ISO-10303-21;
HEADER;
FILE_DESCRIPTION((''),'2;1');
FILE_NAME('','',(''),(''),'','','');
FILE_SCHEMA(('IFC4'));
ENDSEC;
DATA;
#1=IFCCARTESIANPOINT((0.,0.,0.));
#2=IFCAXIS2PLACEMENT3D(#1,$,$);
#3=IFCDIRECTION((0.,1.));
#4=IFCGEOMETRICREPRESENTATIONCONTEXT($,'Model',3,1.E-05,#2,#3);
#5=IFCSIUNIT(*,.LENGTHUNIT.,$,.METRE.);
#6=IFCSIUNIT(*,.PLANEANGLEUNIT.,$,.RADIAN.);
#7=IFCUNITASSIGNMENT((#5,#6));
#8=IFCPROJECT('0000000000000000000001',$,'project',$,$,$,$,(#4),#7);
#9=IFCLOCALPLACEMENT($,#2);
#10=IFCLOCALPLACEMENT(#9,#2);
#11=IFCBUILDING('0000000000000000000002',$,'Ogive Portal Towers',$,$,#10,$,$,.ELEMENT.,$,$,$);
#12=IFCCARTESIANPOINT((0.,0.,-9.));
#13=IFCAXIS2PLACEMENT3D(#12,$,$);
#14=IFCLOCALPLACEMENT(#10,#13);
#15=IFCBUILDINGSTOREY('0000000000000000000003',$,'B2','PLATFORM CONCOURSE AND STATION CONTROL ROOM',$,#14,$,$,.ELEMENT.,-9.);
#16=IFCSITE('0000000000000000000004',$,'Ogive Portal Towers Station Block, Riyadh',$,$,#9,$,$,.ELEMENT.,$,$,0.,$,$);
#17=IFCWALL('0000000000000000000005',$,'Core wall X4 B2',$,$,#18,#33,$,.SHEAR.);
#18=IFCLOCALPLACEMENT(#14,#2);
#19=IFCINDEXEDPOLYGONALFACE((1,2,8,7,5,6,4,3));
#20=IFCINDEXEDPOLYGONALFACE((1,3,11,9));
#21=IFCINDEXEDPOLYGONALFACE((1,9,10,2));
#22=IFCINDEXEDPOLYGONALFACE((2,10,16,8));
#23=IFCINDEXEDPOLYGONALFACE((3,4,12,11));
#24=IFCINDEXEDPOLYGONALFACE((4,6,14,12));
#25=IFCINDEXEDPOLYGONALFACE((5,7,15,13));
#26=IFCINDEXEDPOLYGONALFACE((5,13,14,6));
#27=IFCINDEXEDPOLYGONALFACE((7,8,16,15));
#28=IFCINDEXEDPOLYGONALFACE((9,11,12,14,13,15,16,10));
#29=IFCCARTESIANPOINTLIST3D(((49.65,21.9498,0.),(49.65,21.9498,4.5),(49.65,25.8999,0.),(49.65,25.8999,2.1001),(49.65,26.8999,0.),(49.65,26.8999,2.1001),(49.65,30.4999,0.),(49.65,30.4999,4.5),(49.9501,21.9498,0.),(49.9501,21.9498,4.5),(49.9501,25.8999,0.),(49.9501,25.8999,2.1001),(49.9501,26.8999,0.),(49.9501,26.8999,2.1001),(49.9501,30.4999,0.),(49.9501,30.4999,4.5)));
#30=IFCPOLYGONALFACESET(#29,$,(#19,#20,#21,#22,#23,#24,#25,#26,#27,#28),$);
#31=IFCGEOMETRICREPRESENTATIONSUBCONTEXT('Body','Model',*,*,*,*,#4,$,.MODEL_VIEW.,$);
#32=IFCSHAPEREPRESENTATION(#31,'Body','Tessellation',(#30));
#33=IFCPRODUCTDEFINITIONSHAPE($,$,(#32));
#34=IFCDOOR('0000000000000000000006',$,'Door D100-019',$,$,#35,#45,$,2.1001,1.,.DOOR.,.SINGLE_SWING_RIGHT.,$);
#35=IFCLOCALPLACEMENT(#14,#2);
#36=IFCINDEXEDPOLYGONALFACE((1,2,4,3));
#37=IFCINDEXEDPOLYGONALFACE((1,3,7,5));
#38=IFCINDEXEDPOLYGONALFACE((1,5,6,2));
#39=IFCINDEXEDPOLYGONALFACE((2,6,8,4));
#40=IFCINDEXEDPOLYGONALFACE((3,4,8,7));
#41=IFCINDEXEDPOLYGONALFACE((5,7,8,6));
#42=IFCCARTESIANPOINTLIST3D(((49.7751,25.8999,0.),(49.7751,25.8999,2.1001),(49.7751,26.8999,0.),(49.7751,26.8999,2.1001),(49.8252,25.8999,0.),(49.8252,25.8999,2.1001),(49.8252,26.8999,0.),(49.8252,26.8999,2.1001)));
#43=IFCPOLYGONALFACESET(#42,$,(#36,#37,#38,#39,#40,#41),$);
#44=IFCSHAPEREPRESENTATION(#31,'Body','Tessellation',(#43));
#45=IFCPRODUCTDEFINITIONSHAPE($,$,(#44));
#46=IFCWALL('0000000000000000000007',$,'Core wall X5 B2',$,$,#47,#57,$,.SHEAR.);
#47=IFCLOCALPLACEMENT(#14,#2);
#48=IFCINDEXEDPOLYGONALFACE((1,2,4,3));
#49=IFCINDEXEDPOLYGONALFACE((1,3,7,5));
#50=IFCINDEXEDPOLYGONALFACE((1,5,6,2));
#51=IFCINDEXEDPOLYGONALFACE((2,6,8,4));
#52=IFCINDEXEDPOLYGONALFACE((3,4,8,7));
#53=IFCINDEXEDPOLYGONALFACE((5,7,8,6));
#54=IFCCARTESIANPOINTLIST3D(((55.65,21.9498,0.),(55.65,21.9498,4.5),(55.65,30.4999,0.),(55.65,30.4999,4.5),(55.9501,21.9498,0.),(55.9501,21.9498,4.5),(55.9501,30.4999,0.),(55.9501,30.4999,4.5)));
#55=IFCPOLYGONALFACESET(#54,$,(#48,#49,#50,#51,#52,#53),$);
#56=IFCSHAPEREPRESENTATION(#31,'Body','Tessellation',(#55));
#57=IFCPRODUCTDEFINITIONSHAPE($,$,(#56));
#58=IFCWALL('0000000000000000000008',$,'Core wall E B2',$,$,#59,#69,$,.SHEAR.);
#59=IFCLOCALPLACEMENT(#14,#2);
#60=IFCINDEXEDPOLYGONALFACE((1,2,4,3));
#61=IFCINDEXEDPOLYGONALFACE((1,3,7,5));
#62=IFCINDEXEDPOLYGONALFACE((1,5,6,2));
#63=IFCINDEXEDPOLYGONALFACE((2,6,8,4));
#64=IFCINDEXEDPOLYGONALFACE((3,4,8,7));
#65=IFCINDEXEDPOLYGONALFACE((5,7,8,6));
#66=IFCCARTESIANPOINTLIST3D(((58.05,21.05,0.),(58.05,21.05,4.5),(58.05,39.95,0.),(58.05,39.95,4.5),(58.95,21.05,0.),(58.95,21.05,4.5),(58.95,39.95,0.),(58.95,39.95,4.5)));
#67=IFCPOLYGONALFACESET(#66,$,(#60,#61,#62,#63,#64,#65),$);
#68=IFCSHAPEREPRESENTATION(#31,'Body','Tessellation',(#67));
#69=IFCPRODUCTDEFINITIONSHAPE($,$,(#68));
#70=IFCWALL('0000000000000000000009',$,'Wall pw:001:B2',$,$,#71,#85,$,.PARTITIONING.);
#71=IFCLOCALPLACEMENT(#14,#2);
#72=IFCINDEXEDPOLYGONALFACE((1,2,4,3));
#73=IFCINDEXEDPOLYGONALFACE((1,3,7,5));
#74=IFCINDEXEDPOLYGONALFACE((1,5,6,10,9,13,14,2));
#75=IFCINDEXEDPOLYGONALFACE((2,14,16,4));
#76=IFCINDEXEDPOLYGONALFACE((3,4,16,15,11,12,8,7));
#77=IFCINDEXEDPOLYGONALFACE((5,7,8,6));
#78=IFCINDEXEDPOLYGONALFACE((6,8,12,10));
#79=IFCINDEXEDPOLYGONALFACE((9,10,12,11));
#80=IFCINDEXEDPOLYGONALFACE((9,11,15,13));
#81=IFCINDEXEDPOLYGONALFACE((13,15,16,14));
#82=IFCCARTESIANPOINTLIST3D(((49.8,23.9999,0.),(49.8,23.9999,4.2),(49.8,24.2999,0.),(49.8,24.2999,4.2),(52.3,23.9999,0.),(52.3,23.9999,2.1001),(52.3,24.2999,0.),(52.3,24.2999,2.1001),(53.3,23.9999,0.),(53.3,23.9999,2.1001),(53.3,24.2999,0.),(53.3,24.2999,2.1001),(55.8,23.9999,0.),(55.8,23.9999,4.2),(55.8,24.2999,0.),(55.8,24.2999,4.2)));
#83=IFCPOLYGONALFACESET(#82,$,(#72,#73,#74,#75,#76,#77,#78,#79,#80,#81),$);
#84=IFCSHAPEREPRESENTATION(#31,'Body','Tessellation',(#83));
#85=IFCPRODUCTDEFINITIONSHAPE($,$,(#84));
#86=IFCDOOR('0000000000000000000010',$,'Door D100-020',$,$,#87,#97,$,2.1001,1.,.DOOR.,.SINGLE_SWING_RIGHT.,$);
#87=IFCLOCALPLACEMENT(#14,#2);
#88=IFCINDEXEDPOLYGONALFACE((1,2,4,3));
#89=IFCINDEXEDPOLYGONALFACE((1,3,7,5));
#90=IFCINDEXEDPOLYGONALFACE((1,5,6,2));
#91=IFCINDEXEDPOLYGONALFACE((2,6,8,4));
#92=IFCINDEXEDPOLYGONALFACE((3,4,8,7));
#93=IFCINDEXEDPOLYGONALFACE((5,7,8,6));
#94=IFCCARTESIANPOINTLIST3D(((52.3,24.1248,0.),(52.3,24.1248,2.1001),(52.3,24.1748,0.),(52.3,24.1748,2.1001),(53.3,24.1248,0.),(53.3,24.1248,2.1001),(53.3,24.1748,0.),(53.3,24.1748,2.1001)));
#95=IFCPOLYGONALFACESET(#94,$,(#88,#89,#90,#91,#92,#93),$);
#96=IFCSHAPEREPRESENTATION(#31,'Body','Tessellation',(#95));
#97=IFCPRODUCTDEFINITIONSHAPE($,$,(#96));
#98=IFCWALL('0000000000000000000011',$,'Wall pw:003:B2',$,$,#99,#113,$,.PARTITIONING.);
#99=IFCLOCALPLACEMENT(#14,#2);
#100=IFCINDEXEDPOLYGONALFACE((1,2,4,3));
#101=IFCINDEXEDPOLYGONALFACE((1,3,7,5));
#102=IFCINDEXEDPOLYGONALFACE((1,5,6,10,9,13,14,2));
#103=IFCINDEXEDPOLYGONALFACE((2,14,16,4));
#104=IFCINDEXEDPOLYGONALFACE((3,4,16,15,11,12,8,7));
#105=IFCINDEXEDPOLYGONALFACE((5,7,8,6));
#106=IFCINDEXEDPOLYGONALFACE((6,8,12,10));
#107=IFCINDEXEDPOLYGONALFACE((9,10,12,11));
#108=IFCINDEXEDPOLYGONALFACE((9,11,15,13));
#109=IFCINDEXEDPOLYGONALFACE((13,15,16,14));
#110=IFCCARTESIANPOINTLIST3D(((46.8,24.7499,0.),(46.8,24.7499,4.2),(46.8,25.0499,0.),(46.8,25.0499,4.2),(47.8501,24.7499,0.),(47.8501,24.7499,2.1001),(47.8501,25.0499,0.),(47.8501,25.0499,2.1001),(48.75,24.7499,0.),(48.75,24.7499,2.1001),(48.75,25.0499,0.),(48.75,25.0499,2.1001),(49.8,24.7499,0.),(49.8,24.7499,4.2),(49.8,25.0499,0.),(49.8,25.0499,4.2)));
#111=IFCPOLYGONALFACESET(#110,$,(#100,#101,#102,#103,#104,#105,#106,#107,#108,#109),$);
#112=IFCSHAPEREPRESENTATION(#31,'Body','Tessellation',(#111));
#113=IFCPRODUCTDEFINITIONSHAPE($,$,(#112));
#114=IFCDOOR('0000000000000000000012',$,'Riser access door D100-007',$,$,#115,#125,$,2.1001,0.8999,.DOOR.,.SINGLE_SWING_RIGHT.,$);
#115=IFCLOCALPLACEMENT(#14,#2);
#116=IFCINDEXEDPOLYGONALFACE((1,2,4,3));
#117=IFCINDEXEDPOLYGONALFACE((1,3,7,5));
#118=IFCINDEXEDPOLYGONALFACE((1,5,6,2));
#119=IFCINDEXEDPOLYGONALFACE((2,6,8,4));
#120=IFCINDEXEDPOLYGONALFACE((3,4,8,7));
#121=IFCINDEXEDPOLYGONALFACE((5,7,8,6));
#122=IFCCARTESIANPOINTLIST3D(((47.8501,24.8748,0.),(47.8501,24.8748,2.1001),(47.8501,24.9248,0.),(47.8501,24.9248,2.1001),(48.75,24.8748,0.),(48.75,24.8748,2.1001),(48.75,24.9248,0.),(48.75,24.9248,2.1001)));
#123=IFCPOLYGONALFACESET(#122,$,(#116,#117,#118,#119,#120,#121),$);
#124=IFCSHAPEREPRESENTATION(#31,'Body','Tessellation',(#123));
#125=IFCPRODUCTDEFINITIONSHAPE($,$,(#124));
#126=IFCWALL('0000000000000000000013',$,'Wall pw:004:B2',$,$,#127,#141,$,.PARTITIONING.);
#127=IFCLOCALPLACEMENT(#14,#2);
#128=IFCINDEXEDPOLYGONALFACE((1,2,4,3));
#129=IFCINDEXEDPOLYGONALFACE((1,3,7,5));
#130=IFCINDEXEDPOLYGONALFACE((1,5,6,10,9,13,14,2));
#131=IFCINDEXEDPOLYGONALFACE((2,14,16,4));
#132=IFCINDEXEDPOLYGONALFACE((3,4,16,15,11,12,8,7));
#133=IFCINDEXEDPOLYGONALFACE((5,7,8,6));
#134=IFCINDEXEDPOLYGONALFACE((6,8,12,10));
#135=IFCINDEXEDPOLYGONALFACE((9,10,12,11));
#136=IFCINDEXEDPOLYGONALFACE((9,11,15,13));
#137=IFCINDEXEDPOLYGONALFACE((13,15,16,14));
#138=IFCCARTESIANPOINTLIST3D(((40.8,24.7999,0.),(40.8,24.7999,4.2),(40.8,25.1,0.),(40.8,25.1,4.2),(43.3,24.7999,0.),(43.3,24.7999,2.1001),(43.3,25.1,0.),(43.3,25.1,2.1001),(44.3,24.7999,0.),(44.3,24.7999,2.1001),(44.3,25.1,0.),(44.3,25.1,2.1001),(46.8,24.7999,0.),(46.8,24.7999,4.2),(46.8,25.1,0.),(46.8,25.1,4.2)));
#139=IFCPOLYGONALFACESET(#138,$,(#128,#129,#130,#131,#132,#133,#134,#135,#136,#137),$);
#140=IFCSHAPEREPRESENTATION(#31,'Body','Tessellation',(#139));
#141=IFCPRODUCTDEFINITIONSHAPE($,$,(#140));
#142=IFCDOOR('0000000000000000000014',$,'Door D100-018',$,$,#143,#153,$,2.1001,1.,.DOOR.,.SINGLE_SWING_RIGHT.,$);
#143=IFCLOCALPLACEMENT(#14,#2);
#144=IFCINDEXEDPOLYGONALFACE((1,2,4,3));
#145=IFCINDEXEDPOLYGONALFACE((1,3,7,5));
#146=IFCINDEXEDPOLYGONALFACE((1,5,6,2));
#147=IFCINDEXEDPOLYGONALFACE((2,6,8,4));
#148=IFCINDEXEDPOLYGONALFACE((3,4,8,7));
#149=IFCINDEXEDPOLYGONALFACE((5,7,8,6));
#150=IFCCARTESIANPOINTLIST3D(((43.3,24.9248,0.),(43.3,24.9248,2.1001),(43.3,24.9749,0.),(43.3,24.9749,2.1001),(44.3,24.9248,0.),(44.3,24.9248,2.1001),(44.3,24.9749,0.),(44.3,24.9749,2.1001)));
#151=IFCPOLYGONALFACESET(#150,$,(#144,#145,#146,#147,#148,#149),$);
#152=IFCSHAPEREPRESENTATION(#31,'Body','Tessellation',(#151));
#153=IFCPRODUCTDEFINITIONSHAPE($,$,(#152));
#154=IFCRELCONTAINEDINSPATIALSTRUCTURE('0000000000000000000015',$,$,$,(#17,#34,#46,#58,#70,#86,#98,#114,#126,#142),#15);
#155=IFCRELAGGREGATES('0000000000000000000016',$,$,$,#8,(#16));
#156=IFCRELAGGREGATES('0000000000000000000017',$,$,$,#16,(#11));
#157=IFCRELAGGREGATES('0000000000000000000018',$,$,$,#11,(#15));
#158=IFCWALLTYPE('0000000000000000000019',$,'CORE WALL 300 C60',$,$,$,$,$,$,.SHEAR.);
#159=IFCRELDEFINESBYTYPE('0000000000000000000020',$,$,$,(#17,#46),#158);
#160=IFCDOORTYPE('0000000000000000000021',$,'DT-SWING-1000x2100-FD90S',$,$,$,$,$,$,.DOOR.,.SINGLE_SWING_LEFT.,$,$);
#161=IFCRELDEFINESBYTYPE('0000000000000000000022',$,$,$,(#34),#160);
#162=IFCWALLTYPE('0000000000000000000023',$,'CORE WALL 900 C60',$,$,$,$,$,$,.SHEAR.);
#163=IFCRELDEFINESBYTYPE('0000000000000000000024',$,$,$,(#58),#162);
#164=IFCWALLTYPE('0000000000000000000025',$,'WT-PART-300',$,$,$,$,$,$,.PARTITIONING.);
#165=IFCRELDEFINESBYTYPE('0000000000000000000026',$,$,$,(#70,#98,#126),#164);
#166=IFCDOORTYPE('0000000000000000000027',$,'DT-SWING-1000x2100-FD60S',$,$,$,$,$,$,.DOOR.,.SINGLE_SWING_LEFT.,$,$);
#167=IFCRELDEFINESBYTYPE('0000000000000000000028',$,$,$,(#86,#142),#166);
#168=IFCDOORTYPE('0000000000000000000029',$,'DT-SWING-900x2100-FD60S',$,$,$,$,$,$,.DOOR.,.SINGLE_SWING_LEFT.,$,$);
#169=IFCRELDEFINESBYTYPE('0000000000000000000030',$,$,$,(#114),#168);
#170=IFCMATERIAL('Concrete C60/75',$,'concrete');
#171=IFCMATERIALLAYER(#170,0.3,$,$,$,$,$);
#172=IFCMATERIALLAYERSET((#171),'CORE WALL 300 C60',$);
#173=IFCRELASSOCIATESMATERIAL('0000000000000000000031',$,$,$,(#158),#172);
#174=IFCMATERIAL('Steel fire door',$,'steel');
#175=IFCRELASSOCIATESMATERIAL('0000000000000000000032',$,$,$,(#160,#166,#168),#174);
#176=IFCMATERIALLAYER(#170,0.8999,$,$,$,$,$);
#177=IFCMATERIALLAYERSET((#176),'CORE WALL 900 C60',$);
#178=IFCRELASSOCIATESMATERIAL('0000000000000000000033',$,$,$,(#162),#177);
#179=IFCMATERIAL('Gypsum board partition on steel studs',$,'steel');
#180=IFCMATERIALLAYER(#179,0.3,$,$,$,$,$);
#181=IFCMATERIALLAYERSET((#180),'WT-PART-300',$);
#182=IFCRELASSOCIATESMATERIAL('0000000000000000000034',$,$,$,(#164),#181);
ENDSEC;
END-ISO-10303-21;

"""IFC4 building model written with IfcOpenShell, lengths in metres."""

from ifc_helpers import new_model, si_unit, direction, frame, frame_2d, origin, place, context, subcontext, project, spatial, rectangle, extrude, material, layer, layer_set, type_object, element, fill, save


model = new_model("IFC4")

# Units and contexts
model_context = context("Model", 3, precision=1e-05, world=origin(), true_north=direction((0.0, 1.0)))
body_context = subcontext(model_context, "Body", "Model", "MODEL_VIEW")
ifc_project = project(units=[si_unit("LENGTHUNIT", "METRE"), si_unit("PLANEANGLEUNIT", "RADIAN")], contexts=[model_context])

# Site, building, storey
site_placement = place(None, origin())
site = spatial("IfcSite", under=ifc_project, at=site_placement, Name="Ogive Portal Towers Station Block, Riyadh", CompositionType="ELEMENT", RefElevation=0.0)
building_placement = place(site_placement, origin())
building = spatial("IfcBuilding", under=site, at=building_placement, Name="Ogive Portal Towers", CompositionType="ELEMENT")
storey_placement = place(building_placement, frame((0.0, 0.0, -9.0)))
storey = spatial("IfcBuildingStorey", under=building, at=storey_placement, Name="B2", Description="PLATFORM CONCOURSE AND STATION CONTROL ROOM", CompositionType="ELEMENT", Elevation=-9.0)

# Shared definitions
ifc_material_1 = material(Name="Concrete C60/75", Category="concrete")
ifc_layer_1 = layer(ifc_material_1, 0.3)
ifc_layer_set_1 = layer_set([ifc_layer_1], Name="CORE WALL 300 C60")
wall_type_1 = type_object("IfcWallType", Name="CORE WALL 300 C60", PredefinedType="SHEAR", material=ifc_layer_set_1)
ifc_material_2 = material(Name="Steel fire door", Category="steel")
door_type_1 = type_object("IfcDoorType", Name="DT-SWING-1000x2100-FD90S", OperationType="SINGLE_SWING_LEFT", PredefinedType="DOOR", material=ifc_material_2)

# Wall, opening, door
wall_1_placement = place(storey_placement, frame((49.8, 21.95, 0.0), z_axis=(0.0, 0.0, 1.0), x_axis=(0.0, 1.0, 0.0)))
wall_1 = element("IfcWall", 1, at=wall_1_placement, inside=storey, type_object=wall_type_1, Name="Core wall X4 B2", PredefinedType="SHEAR", context=body_context, shape_type="SweptSolid", body=[
    extrude(rectangle(XDim=8.55, YDim=0.3, at=frame_2d((4.2749, 0.0))), origin(), (0.0, 0.0, 1.0), 4.5),
])
opening_1_placement = place(wall_1_placement, frame((3.95, 0.0, 0.0)))
opening_1 = element("IfcOpeningElement", 2, at=opening_1_placement, cuts=wall_1, PredefinedType="OPENING", context=body_context, shape_type="SweptSolid", body=[
    extrude(rectangle(XDim=1.0, YDim=2.1001, at=frame_2d((0.5, 1.05))), frame((0.0, 0.1602, 0.0), z_axis=(0.0, -1.0, 0.0), x_axis=(1.0, 0.0, 0.0)), (0.0, 0.0, 1.0), 0.3201),
])
door_1_placement = place(opening_1_placement, origin())
door_1 = element("IfcDoor", 3, at=door_1_placement, inside=storey, type_object=door_type_1, Name="Door D100-019", OperationType="SINGLE_SWING_RIGHT", OverallHeight=2.1001, OverallWidth=1.0, PredefinedType="DOOR", context=body_context, shape_type="SweptSolid", body=[
    extrude(rectangle(XDim=1.0, YDim=2.1001, at=frame_2d((0.5, 1.05))), frame((0.0, 0.0249, 0.0), z_axis=(0.0, -1.0, 0.0), x_axis=(1.0, 0.0, 0.0)), (0.0, 0.0, 1.0), 0.05),
])
fill(opening_1, door_1)

# Walls
wall_2_placement = place(storey_placement, frame((55.8, 21.95, 0.0), z_axis=(0.0, 0.0, 1.0), x_axis=(0.0, 1.0, 0.0)))
element("IfcWall", 4, at=wall_2_placement, inside=storey, type_object=wall_type_1, Name="Core wall X5 B2", PredefinedType="SHEAR", context=body_context, shape_type="SweptSolid", body=[
    extrude(rectangle(XDim=8.55, YDim=0.3, at=frame_2d((4.2749, 0.0))), origin(), (0.0, 0.0, 1.0), 4.5),
])
ifc_layer_2 = layer(ifc_material_1, 0.8999)
ifc_layer_set_2 = layer_set([ifc_layer_2], Name="CORE WALL 900 C60")
wall_type_2 = type_object("IfcWallType", Name="CORE WALL 900 C60", PredefinedType="SHEAR", material=ifc_layer_set_2)
wall_3_placement = place(storey_placement, frame((58.5, 21.05, 0.0), z_axis=(0.0, 0.0, 1.0), x_axis=(0.0, 1.0, 0.0)))
element("IfcWall", 5, at=wall_3_placement, inside=storey, type_object=wall_type_2, Name="Core wall E B2", PredefinedType="SHEAR", context=body_context, shape_type="SweptSolid", body=[
    extrude(rectangle(XDim=18.8999, YDim=0.8999, at=frame_2d((9.45, 0.0))), origin(), (0.0, 0.0, 1.0), 4.5),
])

# Walls, openings, doors
ifc_material_3 = material(Name="Gypsum board partition on steel studs", Category="steel")
ifc_layer_3 = layer(ifc_material_3, 0.3)
ifc_layer_set_3 = layer_set([ifc_layer_3], Name="WT-PART-300")
wall_type_3 = type_object("IfcWallType", Name="WT-PART-300", PredefinedType="PARTITIONING", material=ifc_layer_set_3)
wall_4_placement = place(storey_placement, frame((49.8, 24.1499, 0.0), z_axis=(0.0, 0.0, 1.0), x_axis=(1.0, 0.0, 0.0)))
wall_4 = element("IfcWall", 6, at=wall_4_placement, inside=storey, type_object=wall_type_3, Name="Wall pw:001:B2", PredefinedType="PARTITIONING", context=body_context, shape_type="SweptSolid", body=[
    extrude(rectangle(XDim=6.0, YDim=0.3, at=frame_2d((3.0, 0.0))), origin(), (0.0, 0.0, 1.0), 4.2),
])
opening_2_placement = place(wall_4_placement, frame((2.5, 0.0, 0.0)))
opening_2 = element("IfcOpeningElement", 7, at=opening_2_placement, cuts=wall_4, PredefinedType="OPENING", context=body_context, shape_type="SweptSolid", body=[
    extrude(rectangle(XDim=1.0, YDim=2.1001, at=frame_2d((0.5, 1.05))), frame((0.0, 0.1602, 0.0), z_axis=(0.0, -1.0, 0.0), x_axis=(1.0, 0.0, 0.0)), (0.0, 0.0, 1.0), 0.3201),
])
door_type_2 = type_object("IfcDoorType", Name="DT-SWING-1000x2100-FD60S", OperationType="SINGLE_SWING_LEFT", PredefinedType="DOOR", material=ifc_material_2)
door_2_placement = place(opening_2_placement, origin())
door_2 = element("IfcDoor", 8, at=door_2_placement, inside=storey, type_object=door_type_2, Name="Door D100-020", OperationType="SINGLE_SWING_RIGHT", OverallHeight=2.1001, OverallWidth=1.0, PredefinedType="DOOR", context=body_context, shape_type="SweptSolid", body=[
    extrude(rectangle(XDim=1.0, YDim=2.1001, at=frame_2d((0.5, 1.05))), frame((0.0, 0.0249, 0.0), z_axis=(0.0, -1.0, 0.0), x_axis=(1.0, 0.0, 0.0)), (0.0, 0.0, 1.0), 0.05),
])
fill(opening_2, door_2)
wall_5_placement = place(storey_placement, frame((46.8, 24.8999, 0.0), z_axis=(0.0, 0.0, 1.0), x_axis=(1.0, 0.0, 0.0)))
wall_5 = element("IfcWall", 9, at=wall_5_placement, inside=storey, type_object=wall_type_3, Name="Wall pw:003:B2", PredefinedType="PARTITIONING", context=body_context, shape_type="SweptSolid", body=[
    extrude(rectangle(XDim=3.0, YDim=0.3, at=frame_2d((1.5, 0.0))), origin(), (0.0, 0.0, 1.0), 4.2),
])
opening_3_placement = place(wall_5_placement, frame((1.05, 0.0, 0.0)))
opening_3 = element("IfcOpeningElement", 10, at=opening_3_placement, cuts=wall_5, PredefinedType="OPENING", context=body_context, shape_type="SweptSolid", body=[
    extrude(rectangle(XDim=0.8999, YDim=2.1001, at=frame_2d((0.45, 1.05))), frame((0.0, 0.1602, 0.0), z_axis=(0.0, -1.0, 0.0), x_axis=(1.0, 0.0, 0.0)), (0.0, 0.0, 1.0), 0.3201),
])
door_type_3 = type_object("IfcDoorType", Name="DT-SWING-900x2100-FD60S", OperationType="SINGLE_SWING_LEFT", PredefinedType="DOOR", material=ifc_material_2)
door_3_placement = place(opening_3_placement, origin())
door_3 = element("IfcDoor", 11, at=door_3_placement, inside=storey, type_object=door_type_3, Name="Riser access door D100-007", OperationType="SINGLE_SWING_RIGHT", OverallHeight=2.1001, OverallWidth=0.8999, PredefinedType="DOOR", context=body_context, shape_type="SweptSolid", body=[
    extrude(rectangle(XDim=0.8999, YDim=2.1001, at=frame_2d((0.45, 1.05))), frame((0.0, 0.0249, 0.0), z_axis=(0.0, -1.0, 0.0), x_axis=(1.0, 0.0, 0.0)), (0.0, 0.0, 1.0), 0.05),
])
fill(opening_3, door_3)
wall_6_placement = place(storey_placement, frame((40.8, 24.95, 0.0), z_axis=(0.0, 0.0, 1.0), x_axis=(1.0, 0.0, 0.0)))
wall_6 = element("IfcWall", 12, at=wall_6_placement, inside=storey, type_object=wall_type_3, Name="Wall pw:004:B2", PredefinedType="PARTITIONING", context=body_context, shape_type="SweptSolid", body=[
    extrude(rectangle(XDim=6.0, YDim=0.3, at=frame_2d((3.0, 0.0))), origin(), (0.0, 0.0, 1.0), 4.2),
])
opening_4_placement = place(wall_6_placement, frame((2.5, 0.0, 0.0)))
opening_4 = element("IfcOpeningElement", 13, at=opening_4_placement, cuts=wall_6, PredefinedType="OPENING", context=body_context, shape_type="SweptSolid", body=[
    extrude(rectangle(XDim=1.0, YDim=2.1001, at=frame_2d((0.5, 1.05))), frame((0.0, 0.1602, 0.0), z_axis=(0.0, -1.0, 0.0), x_axis=(1.0, 0.0, 0.0)), (0.0, 0.0, 1.0), 0.3201),
])
door_4_placement = place(opening_4_placement, origin())
door_4 = element("IfcDoor", 14, at=door_4_placement, inside=storey, type_object=door_type_2, Name="Door D100-018", OperationType="SINGLE_SWING_RIGHT", OverallHeight=2.1001, OverallWidth=1.0, PredefinedType="DOOR", context=body_context, shape_type="SweptSolid", body=[
    extrude(rectangle(XDim=1.0, YDim=2.1001, at=frame_2d((0.5, 1.05))), frame((0.0, 0.0249, 0.0), z_axis=(0.0, -1.0, 0.0), x_axis=(1.0, 0.0, 0.0)), (0.0, 0.0, 1.0), 0.05),
])
fill(opening_4, door_4)

save(model, "model.ifc")
